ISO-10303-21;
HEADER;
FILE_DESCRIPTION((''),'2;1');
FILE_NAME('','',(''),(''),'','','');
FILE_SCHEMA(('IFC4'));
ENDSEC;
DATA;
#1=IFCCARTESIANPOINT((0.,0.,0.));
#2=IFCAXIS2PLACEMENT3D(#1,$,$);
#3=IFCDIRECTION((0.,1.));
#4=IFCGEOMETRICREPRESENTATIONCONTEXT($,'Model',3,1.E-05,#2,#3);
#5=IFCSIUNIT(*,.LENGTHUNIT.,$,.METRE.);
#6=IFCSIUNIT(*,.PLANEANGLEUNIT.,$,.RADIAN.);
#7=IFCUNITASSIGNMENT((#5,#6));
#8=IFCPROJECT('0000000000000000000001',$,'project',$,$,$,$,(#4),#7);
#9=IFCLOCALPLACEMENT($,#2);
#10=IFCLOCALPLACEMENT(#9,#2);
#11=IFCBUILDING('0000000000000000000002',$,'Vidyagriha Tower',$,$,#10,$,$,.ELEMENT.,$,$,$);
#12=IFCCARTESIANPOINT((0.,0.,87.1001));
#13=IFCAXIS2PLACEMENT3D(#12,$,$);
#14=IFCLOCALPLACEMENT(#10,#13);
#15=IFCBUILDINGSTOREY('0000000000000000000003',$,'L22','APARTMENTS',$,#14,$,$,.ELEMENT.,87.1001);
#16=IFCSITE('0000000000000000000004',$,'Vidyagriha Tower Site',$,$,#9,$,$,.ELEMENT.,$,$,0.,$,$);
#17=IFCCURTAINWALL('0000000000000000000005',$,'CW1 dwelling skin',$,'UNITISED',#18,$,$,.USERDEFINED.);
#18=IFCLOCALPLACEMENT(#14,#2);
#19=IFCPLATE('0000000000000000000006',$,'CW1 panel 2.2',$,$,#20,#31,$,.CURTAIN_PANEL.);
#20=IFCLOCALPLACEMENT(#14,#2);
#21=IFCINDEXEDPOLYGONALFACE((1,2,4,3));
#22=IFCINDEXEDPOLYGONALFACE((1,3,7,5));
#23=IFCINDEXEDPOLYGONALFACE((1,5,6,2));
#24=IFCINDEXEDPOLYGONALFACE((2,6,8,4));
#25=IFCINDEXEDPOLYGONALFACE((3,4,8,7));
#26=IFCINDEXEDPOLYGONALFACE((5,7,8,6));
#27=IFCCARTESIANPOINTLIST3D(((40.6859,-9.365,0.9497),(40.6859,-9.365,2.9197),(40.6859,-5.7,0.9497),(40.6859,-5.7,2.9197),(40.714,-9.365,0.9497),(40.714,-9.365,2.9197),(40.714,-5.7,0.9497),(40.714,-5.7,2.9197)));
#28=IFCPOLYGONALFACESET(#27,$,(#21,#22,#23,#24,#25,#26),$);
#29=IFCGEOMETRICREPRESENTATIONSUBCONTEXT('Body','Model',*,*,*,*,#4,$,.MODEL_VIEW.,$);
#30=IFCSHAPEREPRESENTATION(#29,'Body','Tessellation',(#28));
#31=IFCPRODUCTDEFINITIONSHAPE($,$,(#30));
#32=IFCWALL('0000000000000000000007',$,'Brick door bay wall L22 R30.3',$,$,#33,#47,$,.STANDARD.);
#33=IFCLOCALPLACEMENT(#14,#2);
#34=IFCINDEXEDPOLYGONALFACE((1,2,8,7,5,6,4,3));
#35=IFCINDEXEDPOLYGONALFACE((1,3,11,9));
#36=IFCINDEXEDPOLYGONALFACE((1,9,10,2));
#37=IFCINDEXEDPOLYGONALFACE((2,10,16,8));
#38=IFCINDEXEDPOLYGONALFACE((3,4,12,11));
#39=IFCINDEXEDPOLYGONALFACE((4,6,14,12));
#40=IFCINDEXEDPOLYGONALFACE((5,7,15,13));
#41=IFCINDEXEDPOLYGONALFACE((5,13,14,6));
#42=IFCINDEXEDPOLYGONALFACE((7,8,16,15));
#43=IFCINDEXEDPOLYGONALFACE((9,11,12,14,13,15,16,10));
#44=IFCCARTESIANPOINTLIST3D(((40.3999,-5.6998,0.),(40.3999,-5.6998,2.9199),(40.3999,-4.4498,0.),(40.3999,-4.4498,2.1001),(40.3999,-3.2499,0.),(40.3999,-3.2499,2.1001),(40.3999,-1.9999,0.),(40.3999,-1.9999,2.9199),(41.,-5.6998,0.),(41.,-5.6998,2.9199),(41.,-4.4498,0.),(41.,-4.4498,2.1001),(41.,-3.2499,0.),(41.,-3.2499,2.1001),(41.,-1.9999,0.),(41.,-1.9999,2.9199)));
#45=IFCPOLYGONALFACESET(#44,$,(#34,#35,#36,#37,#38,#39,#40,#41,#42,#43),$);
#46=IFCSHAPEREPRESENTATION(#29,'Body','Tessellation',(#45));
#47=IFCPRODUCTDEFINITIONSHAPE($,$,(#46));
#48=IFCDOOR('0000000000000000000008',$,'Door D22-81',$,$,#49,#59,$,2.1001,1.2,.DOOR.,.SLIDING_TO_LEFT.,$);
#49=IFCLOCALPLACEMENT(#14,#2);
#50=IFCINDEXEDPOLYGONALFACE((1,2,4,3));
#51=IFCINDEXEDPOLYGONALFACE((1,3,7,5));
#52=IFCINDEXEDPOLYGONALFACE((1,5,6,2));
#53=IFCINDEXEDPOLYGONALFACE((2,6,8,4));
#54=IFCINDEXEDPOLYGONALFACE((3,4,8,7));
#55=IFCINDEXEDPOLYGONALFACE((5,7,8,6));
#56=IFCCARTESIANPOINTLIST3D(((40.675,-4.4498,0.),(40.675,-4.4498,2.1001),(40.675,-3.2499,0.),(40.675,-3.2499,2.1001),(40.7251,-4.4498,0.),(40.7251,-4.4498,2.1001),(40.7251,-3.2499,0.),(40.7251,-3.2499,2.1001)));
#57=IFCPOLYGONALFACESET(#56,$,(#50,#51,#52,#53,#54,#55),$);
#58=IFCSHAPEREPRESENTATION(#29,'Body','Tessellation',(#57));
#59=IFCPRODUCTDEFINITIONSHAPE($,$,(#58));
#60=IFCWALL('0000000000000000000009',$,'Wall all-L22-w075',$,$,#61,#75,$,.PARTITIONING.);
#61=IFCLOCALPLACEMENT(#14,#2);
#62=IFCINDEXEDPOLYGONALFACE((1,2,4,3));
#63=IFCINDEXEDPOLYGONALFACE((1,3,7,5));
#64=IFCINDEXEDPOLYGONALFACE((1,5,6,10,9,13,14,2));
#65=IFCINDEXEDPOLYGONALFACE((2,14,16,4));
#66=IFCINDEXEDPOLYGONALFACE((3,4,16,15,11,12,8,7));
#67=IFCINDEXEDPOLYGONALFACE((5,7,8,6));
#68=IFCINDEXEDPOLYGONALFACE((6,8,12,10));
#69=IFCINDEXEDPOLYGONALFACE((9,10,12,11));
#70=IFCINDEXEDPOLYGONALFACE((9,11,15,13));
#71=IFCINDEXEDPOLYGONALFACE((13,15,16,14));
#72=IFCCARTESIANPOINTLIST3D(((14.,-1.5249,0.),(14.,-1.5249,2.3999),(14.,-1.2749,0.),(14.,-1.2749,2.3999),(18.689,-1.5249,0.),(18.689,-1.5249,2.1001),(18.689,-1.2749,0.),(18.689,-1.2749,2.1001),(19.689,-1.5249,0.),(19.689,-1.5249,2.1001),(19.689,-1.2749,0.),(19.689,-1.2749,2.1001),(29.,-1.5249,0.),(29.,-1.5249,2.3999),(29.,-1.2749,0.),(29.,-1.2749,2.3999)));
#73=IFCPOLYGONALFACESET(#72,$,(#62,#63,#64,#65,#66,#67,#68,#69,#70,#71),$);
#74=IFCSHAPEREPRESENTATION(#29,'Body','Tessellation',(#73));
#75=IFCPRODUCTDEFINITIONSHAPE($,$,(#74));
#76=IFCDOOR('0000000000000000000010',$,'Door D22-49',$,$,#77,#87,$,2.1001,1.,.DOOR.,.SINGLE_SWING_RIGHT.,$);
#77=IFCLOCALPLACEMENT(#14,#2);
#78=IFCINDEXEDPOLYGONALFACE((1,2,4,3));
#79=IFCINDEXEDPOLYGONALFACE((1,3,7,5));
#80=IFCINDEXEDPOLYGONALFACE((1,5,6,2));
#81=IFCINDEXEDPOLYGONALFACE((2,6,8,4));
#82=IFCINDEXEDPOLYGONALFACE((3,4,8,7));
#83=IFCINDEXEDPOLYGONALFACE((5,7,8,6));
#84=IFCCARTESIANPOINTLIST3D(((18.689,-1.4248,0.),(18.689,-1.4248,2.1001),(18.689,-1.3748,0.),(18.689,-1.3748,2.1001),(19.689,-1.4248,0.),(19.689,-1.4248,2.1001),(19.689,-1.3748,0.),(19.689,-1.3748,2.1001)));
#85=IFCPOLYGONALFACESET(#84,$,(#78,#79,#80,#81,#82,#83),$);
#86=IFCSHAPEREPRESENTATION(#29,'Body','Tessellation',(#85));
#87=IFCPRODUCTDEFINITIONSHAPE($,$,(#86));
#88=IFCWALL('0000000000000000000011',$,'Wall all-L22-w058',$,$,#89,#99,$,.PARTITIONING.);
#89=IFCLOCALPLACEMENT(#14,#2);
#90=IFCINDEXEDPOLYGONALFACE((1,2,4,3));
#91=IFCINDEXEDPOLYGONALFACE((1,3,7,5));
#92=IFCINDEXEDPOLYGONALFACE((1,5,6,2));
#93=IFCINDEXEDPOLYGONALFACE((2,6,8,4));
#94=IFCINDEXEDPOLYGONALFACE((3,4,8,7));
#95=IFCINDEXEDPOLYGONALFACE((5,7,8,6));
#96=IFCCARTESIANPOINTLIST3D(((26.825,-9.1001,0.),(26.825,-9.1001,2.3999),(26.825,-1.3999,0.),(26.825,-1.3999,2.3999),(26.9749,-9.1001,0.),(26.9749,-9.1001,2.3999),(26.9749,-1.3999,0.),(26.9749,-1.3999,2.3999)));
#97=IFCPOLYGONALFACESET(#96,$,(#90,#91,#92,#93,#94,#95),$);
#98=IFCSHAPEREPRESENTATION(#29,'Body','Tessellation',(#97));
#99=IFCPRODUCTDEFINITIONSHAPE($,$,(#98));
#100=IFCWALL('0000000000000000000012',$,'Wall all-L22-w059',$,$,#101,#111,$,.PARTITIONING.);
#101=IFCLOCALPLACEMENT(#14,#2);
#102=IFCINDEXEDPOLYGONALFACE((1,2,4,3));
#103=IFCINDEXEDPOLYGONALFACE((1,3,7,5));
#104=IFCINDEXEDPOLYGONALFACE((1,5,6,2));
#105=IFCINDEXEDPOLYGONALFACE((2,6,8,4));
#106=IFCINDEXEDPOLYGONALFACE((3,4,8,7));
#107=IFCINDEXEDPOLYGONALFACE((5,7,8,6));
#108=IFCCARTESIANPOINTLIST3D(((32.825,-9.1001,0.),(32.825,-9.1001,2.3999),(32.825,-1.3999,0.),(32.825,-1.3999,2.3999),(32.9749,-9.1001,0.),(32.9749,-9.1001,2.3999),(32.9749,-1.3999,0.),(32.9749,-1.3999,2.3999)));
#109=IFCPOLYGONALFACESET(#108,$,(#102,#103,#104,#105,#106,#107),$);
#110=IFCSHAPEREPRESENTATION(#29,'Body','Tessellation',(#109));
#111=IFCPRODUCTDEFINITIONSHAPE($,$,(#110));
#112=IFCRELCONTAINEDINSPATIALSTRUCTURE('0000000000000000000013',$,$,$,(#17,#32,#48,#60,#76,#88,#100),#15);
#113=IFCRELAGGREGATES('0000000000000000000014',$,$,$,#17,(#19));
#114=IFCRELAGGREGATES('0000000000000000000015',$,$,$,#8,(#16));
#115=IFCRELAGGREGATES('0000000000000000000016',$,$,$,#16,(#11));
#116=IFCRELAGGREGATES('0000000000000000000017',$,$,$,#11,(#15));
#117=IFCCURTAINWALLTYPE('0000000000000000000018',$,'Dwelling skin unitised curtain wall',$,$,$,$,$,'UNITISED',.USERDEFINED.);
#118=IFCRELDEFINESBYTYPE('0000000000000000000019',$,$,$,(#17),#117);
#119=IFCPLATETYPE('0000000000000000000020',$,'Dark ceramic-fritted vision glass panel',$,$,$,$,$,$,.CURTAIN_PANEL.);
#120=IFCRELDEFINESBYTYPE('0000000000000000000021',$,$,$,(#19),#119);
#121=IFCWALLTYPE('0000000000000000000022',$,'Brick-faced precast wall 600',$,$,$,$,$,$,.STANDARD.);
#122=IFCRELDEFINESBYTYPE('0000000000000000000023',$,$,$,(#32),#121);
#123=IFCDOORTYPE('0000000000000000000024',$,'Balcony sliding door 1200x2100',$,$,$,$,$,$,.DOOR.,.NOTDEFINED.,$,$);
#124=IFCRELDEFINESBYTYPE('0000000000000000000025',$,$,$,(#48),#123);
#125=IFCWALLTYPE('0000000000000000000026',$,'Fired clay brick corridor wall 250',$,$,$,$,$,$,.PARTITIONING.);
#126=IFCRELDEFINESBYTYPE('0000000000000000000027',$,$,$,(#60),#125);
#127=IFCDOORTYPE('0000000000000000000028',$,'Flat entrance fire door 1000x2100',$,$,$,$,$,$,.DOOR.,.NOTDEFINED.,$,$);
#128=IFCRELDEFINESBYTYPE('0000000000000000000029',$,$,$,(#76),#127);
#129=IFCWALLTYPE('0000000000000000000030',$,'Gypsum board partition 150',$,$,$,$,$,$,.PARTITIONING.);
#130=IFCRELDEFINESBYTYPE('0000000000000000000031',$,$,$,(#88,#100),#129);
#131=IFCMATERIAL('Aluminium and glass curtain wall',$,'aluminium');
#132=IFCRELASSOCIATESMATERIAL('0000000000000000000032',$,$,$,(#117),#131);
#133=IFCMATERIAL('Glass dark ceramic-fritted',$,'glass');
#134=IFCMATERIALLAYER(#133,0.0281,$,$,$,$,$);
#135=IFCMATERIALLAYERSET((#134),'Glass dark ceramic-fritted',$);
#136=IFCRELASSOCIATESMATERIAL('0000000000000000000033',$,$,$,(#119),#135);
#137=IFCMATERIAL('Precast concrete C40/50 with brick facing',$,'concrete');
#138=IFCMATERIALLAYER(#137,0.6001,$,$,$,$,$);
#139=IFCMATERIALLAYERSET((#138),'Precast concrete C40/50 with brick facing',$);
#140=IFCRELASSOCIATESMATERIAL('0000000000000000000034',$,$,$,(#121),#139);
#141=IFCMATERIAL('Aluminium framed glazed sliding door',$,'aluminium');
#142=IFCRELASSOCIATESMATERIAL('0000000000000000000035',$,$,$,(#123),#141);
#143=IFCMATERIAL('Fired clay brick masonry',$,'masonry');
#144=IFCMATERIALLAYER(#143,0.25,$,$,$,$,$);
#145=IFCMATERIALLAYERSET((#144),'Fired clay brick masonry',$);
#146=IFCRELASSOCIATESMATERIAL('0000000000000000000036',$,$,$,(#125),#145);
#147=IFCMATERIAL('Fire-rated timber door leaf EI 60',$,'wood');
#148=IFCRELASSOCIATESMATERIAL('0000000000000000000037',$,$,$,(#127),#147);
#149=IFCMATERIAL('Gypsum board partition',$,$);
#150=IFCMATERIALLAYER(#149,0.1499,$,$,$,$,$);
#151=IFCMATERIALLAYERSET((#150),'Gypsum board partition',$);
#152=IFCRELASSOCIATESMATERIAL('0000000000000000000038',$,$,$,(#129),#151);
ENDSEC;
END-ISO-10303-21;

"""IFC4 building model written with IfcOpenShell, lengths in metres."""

from ifc_helpers import new_model, si_unit, direction, frame, frame_2d, origin, origin_2d, place, context, subcontext, project, spatial, rectangle, extrude, material, layer, layer_set, type_object, element, fill, aggregate, save


model = new_model("IFC4")

# Units and contexts
model_context = context("Model", 3, precision=1e-05, world=origin(), true_north=direction((0.0, 1.0)))
body_context = subcontext(model_context, "Body", "Model", "MODEL_VIEW")
ifc_project = project(units=[si_unit("LENGTHUNIT", "METRE"), si_unit("PLANEANGLEUNIT", "RADIAN")], contexts=[model_context])

# Site, building, storey
site_placement = place(None, origin())
site = spatial("IfcSite", under=ifc_project, at=site_placement, Name="Vidyagriha Tower Site", CompositionType="ELEMENT", RefElevation=0.0)
building_placement = place(site_placement, origin())
building = spatial("IfcBuilding", under=site, at=building_placement, Name="Vidyagriha Tower", CompositionType="ELEMENT")
storey_placement = place(building_placement, frame((0.0, 0.0, 87.1001)))
storey = spatial("IfcBuildingStorey", under=building, at=storey_placement, Name="L22", Description="APARTMENTS", CompositionType="ELEMENT", Elevation=87.1001)

# Curtain wall
ifc_material_1 = material(Name="Aluminium and glass curtain wall", Category="aluminium")
curtain_wall_type = type_object("IfcCurtainWallType", Name="Dwelling skin unitised curtain wall", ElementType="UNITISED", PredefinedType="USERDEFINED", material=ifc_material_1)
curtain_wall_1_placement = place(storey_placement, origin())
curtain_wall_1 = element("IfcCurtainWall", 1, at=curtain_wall_1_placement, inside=storey, type_object=curtain_wall_type, Name="CW1 dwelling skin", ObjectType="UNITISED", PredefinedType="USERDEFINED")

# Plate
ifc_material_2 = material(Name="Glass dark ceramic-fritted", Category="glass")
ifc_layer_1 = layer(ifc_material_2, 0.0281)
ifc_layer_set_1 = layer_set([ifc_layer_1], Name="Glass dark ceramic-fritted")
plate_type_1 = type_object("IfcPlateType", Name="Dark ceramic-fritted vision glass panel", PredefinedType="CURTAIN_PANEL", material=ifc_layer_set_1)
plate_1_placement = place(storey_placement, frame((40.7, -7.5325, 0.9497), z_axis=(0.0, 0.0, 1.0), x_axis=(0.0, 1.0, 0.0)))
plate_1 = element("IfcPlate", 2, at=plate_1_placement, type_object=plate_type_1, Name="CW1 panel 2.2", PredefinedType="CURTAIN_PANEL", context=body_context, shape_type="SweptSolid", body=[
    extrude(rectangle(XDim=3.665, YDim=0.0281, at=origin_2d()), origin(), (0.0, 0.0, 1.0), 1.97),
])
aggregate(curtain_wall_1, [plate_1])

# Walls, openings, doors
ifc_material_3 = material(Name="Precast concrete C40/50 with brick facing", Category="concrete")
ifc_layer_2 = layer(ifc_material_3, 0.6001)
ifc_layer_set_2 = layer_set([ifc_layer_2], Name="Precast concrete C40/50 with brick facing")
wall_type_1 = type_object("IfcWallType", Name="Brick-faced precast wall 600", PredefinedType="STANDARD", material=ifc_layer_set_2)
wall_1_placement = place(storey_placement, frame((40.7, -5.7, 0.0), z_axis=(0.0, 0.0, 1.0), x_axis=(0.0, 1.0, 0.0)))
wall_1 = element("IfcWall", 3, at=wall_1_placement, inside=storey, type_object=wall_type_1, Name="Brick door bay wall L22 R30.3", PredefinedType="STANDARD", context=body_context, shape_type="SweptSolid", body=[
    extrude(rectangle(XDim=3.7, YDim=0.6001, at=frame_2d((1.8501, 0.0))), origin(), (0.0, 0.0, 1.0), 2.9199),
])
opening_1_placement = place(wall_1_placement, frame((1.25, 0.0, 0.0)))
opening_1 = element("IfcOpeningElement", 4, at=opening_1_placement, cuts=wall_1, PredefinedType="OPENING", context=body_context, shape_type="SweptSolid", body=[
    extrude(rectangle(XDim=1.2, YDim=2.1001, at=frame_2d((0.6001, 1.05))), frame((0.0, 0.3101, 0.0), z_axis=(0.0, -1.0, 0.0), x_axis=(1.0, 0.0, 0.0)), (0.0, 0.0, 1.0), 0.6201),
])
ifc_material_4 = material(Name="Aluminium framed glazed sliding door", Category="aluminium")
door_type_1 = type_object("IfcDoorType", Name="Balcony sliding door 1200x2100", OperationType="NOTDEFINED", PredefinedType="DOOR", material=ifc_material_4)
door_1_placement = place(opening_1_placement, origin())
door_1 = element("IfcDoor", 5, at=door_1_placement, inside=storey, type_object=door_type_1, Name="Door D22-81", OperationType="SLIDING_TO_LEFT", OverallHeight=2.1001, OverallWidth=1.2, PredefinedType="DOOR", context=body_context, shape_type="SweptSolid", body=[
    extrude(rectangle(XDim=1.2, YDim=2.1001, at=frame_2d((0.6001, 1.05))), frame((0.0, 0.0249, 0.0), z_axis=(0.0, -1.0, 0.0), x_axis=(1.0, 0.0, 0.0)), (0.0, 0.0, 1.0), 0.05),
])
fill(opening_1, door_1)
ifc_material_5 = material(Name="Fired clay brick masonry", Category="masonry")
ifc_layer_3 = layer(ifc_material_5, 0.25)
ifc_layer_set_3 = layer_set([ifc_layer_3], Name="Fired clay brick masonry")
wall_type_2 = type_object("IfcWallType", Name="Fired clay brick corridor wall 250", PredefinedType="PARTITIONING", material=ifc_layer_set_3)
wall_2_placement = place(storey_placement, frame((29.0, -1.3999, 0.0), z_axis=(0.0, 0.0, 1.0), x_axis=(-1.0, 0.0, 0.0)))
wall_2 = element("IfcWall", 6, at=wall_2_placement, inside=storey, type_object=wall_type_2, Name="Wall all-L22-w075", PredefinedType="PARTITIONING", context=body_context, shape_type="SweptSolid", body=[
    extrude(rectangle(XDim=15.0, YDim=0.25, at=frame_2d((7.5, 0.0))), origin(), (0.0, 0.0, 1.0), 2.3999),
])
opening_2_placement = place(wall_2_placement, frame((9.311, 0.0, 0.0)))
opening_2 = element("IfcOpeningElement", 7, at=opening_2_placement, cuts=wall_2, PredefinedType="OPENING", context=body_context, shape_type="SweptSolid", body=[
    extrude(rectangle(XDim=1.0, YDim=2.1001, at=frame_2d((0.5, 1.05))), frame((0.0, 0.135, 0.0), z_axis=(0.0, -1.0, 0.0), x_axis=(1.0, 0.0, 0.0)), (0.0, 0.0, 1.0), 0.27),
])
ifc_material_6 = material(Name="Fire-rated timber door leaf EI 60", Category="wood")
door_type_2 = type_object("IfcDoorType", Name="Flat entrance fire door 1000x2100", OperationType="NOTDEFINED", PredefinedType="DOOR", material=ifc_material_6)
door_2_placement = place(opening_2_placement, origin())
door_2 = element("IfcDoor", 8, at=door_2_placement, inside=storey, type_object=door_type_2, Name="Door D22-49", OperationType="SINGLE_SWING_RIGHT", OverallHeight=2.1001, OverallWidth=1.0, PredefinedType="DOOR", context=body_context, shape_type="SweptSolid", body=[
    extrude(rectangle(XDim=1.0, YDim=2.1001, at=frame_2d((0.5, 1.05))), frame((0.0, 0.0249, 0.0), z_axis=(0.0, -1.0, 0.0), x_axis=(1.0, 0.0, 0.0)), (0.0, 0.0, 1.0), 0.05),
])
fill(opening_2, door_2)

# Walls
ifc_material_7 = material(Name="Gypsum board partition")
ifc_layer_4 = layer(ifc_material_7, 0.1499)
ifc_layer_set_4 = layer_set([ifc_layer_4], Name="Gypsum board partition")
wall_type_3 = type_object("IfcWallType", Name="Gypsum board partition 150", PredefinedType="PARTITIONING", material=ifc_layer_set_4)
for number, where, z_axis, x_axis, name in (
    (9, (26.8999, -1.3999, 0.0), (0.0, 0.0, 1.0), (0.0, -1.0, 0.0), "Wall all-L22-w058"),
    (10, (32.8999, -1.3999, 0.0), (0.0, 0.0, 1.0), (0.0, -1.0, 0.0), "Wall all-L22-w059"),
):
    element("IfcWall", number, at=place(storey_placement, frame(where, z_axis=z_axis, x_axis=x_axis)), inside=storey, type_object=wall_type_3, Name=name, PredefinedType="PARTITIONING", context=body_context, shape_type="SweptSolid", body=[
        extrude(rectangle(XDim=7.7002, YDim=0.1499, at=frame_2d((3.8501, 0.0))), origin(), (0.0, 0.0, 1.0), 2.3999),
    ])

save(model, "model.ifc")
